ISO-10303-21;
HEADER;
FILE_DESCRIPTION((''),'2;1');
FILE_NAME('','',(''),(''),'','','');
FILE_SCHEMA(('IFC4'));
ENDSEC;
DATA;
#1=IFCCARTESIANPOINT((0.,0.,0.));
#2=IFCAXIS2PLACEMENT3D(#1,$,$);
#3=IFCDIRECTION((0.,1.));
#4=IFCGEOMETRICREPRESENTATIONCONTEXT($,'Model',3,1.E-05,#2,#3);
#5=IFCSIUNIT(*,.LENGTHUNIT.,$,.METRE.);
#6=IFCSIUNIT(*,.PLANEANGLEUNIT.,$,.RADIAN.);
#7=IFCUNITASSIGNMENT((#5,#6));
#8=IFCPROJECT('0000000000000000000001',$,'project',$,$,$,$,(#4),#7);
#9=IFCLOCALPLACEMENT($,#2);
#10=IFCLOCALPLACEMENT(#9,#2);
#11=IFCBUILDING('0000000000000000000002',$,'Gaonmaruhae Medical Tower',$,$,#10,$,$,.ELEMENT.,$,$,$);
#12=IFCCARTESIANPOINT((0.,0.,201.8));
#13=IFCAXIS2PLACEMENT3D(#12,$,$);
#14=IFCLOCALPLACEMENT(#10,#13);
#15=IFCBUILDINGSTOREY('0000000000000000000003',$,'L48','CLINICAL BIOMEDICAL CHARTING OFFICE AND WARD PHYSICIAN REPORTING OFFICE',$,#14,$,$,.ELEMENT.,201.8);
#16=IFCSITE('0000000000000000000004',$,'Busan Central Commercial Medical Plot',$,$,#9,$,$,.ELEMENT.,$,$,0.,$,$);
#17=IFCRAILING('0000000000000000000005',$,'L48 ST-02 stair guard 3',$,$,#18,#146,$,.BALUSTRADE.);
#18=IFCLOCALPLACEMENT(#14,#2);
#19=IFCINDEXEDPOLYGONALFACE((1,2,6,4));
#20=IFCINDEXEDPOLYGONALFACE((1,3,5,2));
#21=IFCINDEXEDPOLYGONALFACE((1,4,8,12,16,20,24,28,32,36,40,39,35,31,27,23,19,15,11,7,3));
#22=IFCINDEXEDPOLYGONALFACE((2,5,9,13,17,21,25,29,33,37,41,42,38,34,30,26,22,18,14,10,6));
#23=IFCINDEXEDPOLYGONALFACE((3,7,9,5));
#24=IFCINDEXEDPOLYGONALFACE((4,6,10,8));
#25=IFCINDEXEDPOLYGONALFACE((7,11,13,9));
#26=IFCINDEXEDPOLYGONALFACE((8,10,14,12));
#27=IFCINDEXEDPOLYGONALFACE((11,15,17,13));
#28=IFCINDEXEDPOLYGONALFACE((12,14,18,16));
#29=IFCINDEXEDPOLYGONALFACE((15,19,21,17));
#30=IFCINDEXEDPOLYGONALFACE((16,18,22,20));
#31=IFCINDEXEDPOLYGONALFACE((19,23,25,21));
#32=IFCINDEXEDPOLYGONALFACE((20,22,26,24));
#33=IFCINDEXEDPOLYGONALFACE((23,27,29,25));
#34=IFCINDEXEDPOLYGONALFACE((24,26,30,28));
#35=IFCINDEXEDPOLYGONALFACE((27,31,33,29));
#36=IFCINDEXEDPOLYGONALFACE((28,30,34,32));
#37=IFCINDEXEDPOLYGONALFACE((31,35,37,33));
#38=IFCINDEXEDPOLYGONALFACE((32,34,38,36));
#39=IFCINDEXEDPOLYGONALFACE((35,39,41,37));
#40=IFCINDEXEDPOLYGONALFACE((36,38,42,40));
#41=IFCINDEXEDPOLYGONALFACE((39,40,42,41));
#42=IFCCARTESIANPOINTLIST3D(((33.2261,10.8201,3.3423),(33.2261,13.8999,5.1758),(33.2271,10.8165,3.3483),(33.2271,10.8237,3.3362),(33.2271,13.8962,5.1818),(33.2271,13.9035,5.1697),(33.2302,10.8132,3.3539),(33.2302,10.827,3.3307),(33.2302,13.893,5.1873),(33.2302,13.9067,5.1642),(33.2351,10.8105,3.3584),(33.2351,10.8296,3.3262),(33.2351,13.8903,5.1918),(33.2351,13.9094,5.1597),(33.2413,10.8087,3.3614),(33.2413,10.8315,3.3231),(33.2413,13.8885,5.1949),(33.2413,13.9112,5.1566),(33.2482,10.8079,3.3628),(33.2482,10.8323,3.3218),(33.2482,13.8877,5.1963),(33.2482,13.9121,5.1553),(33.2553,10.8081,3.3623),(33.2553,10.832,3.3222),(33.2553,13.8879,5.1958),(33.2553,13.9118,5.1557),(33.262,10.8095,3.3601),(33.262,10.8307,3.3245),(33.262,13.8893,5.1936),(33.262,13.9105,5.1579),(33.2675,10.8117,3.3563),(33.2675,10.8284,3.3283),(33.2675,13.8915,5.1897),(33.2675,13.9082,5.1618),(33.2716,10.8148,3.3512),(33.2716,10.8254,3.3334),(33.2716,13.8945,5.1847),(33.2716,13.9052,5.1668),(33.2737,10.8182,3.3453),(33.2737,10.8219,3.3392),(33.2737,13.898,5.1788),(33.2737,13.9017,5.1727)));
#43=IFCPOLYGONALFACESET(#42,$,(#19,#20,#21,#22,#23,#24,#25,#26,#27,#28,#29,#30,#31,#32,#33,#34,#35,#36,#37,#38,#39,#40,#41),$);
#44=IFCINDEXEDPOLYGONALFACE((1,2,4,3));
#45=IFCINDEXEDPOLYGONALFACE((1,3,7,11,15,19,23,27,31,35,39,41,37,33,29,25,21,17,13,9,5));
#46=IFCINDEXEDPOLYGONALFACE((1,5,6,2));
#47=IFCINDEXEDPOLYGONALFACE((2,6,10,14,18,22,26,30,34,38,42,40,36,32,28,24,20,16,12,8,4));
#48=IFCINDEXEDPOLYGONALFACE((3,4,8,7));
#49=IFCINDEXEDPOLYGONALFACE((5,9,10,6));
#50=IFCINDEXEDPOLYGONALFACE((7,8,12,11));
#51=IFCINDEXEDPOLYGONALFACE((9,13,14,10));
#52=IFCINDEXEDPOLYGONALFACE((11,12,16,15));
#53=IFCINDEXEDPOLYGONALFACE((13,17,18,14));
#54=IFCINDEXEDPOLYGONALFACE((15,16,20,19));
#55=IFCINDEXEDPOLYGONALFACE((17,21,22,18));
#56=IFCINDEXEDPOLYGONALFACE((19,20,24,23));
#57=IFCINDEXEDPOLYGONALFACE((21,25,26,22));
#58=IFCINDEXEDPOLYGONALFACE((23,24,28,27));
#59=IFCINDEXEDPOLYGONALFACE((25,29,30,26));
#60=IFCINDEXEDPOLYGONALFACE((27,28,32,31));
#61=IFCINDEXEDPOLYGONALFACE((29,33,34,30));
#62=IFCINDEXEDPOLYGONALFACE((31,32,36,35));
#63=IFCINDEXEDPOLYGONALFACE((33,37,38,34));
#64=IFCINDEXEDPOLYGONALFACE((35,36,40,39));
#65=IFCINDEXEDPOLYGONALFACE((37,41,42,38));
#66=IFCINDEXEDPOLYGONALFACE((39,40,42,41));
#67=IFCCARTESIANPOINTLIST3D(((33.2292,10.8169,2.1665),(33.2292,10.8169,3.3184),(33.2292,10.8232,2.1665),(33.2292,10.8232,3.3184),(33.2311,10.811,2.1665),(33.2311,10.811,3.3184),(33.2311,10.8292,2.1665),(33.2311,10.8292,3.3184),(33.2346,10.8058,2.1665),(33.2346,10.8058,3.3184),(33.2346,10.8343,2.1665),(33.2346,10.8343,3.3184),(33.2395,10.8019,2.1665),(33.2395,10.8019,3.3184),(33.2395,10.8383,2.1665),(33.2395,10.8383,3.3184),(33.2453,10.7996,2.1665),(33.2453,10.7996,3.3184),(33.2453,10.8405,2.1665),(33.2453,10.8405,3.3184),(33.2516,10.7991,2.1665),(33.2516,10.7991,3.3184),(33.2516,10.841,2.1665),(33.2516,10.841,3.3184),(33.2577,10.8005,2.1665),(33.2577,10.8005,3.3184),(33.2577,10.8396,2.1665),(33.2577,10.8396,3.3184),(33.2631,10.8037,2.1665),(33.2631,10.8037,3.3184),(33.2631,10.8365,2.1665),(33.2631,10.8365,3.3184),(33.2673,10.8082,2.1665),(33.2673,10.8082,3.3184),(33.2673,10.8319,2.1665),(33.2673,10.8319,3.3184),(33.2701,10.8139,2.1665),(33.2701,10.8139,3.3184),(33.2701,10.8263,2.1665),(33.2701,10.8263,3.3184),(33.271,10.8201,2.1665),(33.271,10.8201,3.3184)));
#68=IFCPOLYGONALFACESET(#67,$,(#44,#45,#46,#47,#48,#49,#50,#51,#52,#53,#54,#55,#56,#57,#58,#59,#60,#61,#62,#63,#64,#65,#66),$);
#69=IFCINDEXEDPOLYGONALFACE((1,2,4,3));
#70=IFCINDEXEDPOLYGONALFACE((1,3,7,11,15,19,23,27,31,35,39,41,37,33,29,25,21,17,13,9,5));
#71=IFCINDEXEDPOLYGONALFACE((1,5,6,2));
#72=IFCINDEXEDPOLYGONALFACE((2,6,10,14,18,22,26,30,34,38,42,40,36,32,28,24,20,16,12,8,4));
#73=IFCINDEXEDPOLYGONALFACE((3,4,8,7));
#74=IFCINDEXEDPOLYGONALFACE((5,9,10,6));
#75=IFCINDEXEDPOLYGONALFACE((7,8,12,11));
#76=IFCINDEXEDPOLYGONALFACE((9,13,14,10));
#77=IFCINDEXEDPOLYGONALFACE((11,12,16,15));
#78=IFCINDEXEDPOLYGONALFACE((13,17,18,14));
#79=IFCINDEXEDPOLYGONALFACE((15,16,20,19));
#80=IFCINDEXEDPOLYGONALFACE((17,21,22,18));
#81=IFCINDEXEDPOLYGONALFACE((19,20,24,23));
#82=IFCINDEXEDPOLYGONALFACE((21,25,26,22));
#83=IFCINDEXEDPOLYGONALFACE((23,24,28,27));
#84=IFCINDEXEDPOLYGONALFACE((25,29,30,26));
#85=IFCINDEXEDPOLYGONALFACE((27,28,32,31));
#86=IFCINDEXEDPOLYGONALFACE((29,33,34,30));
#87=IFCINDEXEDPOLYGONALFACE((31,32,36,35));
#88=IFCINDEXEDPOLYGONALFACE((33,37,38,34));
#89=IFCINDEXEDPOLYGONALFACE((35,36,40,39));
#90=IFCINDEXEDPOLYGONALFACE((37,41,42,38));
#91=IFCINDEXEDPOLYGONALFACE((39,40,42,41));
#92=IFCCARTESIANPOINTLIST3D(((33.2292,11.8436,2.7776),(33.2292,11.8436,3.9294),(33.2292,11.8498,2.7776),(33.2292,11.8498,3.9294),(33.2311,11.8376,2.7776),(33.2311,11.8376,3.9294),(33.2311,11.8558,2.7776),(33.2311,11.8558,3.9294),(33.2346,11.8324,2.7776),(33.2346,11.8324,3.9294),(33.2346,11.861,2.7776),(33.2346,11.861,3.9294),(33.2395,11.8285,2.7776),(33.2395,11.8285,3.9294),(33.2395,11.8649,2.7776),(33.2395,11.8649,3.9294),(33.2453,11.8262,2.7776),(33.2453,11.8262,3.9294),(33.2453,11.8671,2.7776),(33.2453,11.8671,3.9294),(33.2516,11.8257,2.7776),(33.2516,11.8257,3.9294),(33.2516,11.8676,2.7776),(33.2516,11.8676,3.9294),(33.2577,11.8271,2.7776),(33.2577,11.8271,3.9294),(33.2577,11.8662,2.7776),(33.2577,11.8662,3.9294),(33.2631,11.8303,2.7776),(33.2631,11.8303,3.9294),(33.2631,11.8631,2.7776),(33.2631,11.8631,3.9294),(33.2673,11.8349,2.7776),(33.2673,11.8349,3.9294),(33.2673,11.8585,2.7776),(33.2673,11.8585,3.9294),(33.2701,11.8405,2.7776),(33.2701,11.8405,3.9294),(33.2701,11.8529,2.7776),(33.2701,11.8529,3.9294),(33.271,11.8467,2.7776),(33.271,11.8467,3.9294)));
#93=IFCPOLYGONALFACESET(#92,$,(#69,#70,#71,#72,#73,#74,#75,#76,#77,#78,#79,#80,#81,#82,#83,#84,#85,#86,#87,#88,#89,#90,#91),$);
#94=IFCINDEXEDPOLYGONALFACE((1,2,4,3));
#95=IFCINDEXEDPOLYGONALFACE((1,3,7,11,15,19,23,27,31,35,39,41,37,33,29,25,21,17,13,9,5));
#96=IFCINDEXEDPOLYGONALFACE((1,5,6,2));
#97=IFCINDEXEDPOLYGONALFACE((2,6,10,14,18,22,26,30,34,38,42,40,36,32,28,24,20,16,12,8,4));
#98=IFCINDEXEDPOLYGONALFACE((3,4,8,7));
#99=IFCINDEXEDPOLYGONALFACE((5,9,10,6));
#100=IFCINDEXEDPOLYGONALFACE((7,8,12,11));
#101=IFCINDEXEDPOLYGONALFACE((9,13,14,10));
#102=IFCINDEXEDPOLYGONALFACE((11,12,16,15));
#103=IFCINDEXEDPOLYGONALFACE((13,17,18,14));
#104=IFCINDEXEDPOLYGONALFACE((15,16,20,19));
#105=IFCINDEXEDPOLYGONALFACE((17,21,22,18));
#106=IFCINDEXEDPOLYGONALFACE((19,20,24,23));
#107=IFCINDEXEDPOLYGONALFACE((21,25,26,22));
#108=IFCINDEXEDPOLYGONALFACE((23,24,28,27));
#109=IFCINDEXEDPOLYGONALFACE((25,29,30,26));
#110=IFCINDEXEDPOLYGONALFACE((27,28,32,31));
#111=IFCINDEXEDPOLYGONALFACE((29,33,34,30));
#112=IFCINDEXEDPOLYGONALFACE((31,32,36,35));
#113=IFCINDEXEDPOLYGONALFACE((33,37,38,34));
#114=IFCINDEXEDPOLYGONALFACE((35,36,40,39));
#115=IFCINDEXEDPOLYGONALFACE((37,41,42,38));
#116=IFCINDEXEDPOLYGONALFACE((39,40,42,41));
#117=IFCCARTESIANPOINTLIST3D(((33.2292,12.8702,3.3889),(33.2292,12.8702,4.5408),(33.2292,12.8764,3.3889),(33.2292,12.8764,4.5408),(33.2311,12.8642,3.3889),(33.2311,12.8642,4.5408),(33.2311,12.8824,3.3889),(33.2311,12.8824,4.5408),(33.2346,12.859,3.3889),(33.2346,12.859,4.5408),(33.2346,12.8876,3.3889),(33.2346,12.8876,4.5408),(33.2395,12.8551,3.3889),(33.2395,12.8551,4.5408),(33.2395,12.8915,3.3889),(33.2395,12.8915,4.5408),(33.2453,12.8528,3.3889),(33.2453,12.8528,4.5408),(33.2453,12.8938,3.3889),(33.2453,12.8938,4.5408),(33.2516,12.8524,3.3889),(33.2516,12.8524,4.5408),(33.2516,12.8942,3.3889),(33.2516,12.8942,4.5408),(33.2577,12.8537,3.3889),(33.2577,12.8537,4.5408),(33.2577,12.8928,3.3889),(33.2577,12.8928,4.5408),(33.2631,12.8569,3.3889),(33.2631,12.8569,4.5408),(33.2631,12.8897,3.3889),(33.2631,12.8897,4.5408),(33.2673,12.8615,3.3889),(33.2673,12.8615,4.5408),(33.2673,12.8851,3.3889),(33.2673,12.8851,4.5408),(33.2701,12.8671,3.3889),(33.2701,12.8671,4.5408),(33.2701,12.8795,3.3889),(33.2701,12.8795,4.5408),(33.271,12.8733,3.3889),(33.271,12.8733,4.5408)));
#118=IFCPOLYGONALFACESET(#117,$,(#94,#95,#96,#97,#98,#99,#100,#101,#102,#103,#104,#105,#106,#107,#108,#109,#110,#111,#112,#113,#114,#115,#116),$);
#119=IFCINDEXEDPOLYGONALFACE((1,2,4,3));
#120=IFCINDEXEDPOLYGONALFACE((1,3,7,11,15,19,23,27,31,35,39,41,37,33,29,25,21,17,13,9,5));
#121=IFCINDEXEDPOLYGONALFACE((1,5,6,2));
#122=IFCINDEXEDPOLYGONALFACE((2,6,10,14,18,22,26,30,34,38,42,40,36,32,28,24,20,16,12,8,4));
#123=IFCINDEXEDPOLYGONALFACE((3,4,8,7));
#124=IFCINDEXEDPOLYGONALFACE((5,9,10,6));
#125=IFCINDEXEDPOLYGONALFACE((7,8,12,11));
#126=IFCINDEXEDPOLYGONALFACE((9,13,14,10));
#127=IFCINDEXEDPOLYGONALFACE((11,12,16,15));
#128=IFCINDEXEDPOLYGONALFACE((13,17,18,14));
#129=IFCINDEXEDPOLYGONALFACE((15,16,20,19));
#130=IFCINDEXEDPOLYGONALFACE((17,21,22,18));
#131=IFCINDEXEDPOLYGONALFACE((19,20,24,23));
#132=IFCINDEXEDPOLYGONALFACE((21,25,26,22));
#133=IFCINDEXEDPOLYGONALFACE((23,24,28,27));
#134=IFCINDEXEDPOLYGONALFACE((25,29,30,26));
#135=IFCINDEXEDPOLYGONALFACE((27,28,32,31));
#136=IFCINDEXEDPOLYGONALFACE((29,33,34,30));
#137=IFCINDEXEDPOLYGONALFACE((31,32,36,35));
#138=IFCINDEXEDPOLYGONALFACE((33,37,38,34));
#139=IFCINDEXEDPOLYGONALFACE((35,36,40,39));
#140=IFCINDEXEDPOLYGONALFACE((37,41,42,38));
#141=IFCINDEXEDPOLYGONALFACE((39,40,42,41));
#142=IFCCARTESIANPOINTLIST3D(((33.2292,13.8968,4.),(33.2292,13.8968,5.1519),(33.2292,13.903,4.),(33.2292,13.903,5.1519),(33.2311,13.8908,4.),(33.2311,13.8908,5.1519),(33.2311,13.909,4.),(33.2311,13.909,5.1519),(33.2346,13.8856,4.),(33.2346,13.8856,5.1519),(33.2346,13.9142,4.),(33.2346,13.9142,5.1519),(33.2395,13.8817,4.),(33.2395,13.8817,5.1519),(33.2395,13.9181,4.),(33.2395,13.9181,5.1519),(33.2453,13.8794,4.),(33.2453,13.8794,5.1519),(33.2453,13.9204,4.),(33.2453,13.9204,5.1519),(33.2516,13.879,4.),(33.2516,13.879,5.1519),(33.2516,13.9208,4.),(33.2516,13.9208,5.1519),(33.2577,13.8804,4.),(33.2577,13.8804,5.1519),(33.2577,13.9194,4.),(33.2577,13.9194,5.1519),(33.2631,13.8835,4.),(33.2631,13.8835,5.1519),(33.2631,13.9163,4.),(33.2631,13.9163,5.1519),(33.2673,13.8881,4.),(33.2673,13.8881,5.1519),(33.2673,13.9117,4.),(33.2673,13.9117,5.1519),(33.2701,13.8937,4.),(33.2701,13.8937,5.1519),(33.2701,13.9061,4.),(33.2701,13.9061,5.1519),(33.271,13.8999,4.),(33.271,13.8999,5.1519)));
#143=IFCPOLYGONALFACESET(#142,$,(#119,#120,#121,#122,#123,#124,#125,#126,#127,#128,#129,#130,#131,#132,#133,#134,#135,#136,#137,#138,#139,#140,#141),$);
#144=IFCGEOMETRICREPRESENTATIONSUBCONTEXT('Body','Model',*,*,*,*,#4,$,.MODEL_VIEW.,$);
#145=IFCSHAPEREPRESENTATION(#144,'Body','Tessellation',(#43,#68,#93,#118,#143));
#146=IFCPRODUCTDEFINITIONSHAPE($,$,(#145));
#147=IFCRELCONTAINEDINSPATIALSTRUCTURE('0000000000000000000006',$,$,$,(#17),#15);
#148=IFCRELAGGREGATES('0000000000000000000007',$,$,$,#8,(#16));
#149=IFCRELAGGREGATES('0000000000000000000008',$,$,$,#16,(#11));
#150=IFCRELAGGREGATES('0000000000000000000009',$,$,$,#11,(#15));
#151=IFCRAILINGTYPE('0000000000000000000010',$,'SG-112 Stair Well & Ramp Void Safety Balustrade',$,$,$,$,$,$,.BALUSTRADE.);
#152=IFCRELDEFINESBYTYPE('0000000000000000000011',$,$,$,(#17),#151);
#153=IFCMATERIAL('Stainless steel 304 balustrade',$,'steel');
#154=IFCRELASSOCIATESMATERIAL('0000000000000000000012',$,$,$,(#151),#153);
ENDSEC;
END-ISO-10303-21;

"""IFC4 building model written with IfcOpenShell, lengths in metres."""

from ifc_helpers import new_model, si_unit, direction, frame, origin, origin_2d, place, context, subcontext, project, spatial, circle, extrude, material, type_object, element, save


model = new_model("IFC4")

# Units and contexts
model_context = context("Model", 3, precision=1e-05, world=origin(), true_north=direction((0.0, 1.0)))
body_context = subcontext(model_context, "Body", "Model", "MODEL_VIEW")
ifc_project = project(units=[si_unit("LENGTHUNIT", "METRE"), si_unit("PLANEANGLEUNIT", "RADIAN")], contexts=[model_context])

# Site, building, storey
site_placement = place(None, origin())
site = spatial("IfcSite", under=ifc_project, at=site_placement, Name="Busan Central Commercial Medical Plot", CompositionType="ELEMENT", RefElevation=0.0)
building_placement = place(site_placement, origin())
building = spatial("IfcBuilding", under=site, at=building_placement, Name="Gaonmaruhae Medical Tower", CompositionType="ELEMENT")
storey_placement = place(building_placement, frame((0.0, 0.0, 201.8)))
storey = spatial("IfcBuildingStorey", under=building, at=storey_placement, Name="L48", Description="CLINICAL BIOMEDICAL CHARTING OFFICE AND WARD PHYSICIAN REPORTING OFFICE", CompositionType="ELEMENT", Elevation=201.8)

# Railing
ifc_material_1 = material(Name="Stainless steel 304 balustrade", Category="steel")
railing_type_1 = type_object("IfcRailingType", Name="SG-112 Stair Well & Ramp Void Safety Balustrade", PredefinedType="BALUSTRADE", material=ifc_material_1)
railing_1_placement = place(storey_placement, frame((33.25, 10.8201, 2.1665)))
element("IfcRailing", 1, at=railing_1_placement, inside=storey, type_object=railing_type_1, Name="L48 ST-02 stair guard 3", PredefinedType="BALUSTRADE", context=body_context, shape_type="SweptSolid", body=[
    extrude(circle(Radius=0.0239, at=origin_2d()), frame((0.0, 0.0, 1.1758), z_axis=(0.0, 0.859261, 0.511538), x_axis=(-1.0, 0.0, 0.0)), (0.0, 0.0, 1.0), 3.5842),
    extrude(circle(Radius=0.021, at=origin_2d()), origin(), (0.0, 0.0, 1.0), 1.1519),
    extrude(circle(Radius=0.021, at=origin_2d()), frame((0.0, 1.0266, 0.6111)), (0.0, 0.0, 1.0), 1.1519),
    extrude(circle(Radius=0.021, at=origin_2d()), frame((0.0, 2.0532, 1.2224)), (0.0, 0.0, 1.0), 1.1519),
    extrude(circle(Radius=0.021, at=origin_2d()), frame((0.0, 3.0798, 1.8335)), (0.0, 0.0, 1.0), 1.1519),
])

save(model, "model.ifc")
